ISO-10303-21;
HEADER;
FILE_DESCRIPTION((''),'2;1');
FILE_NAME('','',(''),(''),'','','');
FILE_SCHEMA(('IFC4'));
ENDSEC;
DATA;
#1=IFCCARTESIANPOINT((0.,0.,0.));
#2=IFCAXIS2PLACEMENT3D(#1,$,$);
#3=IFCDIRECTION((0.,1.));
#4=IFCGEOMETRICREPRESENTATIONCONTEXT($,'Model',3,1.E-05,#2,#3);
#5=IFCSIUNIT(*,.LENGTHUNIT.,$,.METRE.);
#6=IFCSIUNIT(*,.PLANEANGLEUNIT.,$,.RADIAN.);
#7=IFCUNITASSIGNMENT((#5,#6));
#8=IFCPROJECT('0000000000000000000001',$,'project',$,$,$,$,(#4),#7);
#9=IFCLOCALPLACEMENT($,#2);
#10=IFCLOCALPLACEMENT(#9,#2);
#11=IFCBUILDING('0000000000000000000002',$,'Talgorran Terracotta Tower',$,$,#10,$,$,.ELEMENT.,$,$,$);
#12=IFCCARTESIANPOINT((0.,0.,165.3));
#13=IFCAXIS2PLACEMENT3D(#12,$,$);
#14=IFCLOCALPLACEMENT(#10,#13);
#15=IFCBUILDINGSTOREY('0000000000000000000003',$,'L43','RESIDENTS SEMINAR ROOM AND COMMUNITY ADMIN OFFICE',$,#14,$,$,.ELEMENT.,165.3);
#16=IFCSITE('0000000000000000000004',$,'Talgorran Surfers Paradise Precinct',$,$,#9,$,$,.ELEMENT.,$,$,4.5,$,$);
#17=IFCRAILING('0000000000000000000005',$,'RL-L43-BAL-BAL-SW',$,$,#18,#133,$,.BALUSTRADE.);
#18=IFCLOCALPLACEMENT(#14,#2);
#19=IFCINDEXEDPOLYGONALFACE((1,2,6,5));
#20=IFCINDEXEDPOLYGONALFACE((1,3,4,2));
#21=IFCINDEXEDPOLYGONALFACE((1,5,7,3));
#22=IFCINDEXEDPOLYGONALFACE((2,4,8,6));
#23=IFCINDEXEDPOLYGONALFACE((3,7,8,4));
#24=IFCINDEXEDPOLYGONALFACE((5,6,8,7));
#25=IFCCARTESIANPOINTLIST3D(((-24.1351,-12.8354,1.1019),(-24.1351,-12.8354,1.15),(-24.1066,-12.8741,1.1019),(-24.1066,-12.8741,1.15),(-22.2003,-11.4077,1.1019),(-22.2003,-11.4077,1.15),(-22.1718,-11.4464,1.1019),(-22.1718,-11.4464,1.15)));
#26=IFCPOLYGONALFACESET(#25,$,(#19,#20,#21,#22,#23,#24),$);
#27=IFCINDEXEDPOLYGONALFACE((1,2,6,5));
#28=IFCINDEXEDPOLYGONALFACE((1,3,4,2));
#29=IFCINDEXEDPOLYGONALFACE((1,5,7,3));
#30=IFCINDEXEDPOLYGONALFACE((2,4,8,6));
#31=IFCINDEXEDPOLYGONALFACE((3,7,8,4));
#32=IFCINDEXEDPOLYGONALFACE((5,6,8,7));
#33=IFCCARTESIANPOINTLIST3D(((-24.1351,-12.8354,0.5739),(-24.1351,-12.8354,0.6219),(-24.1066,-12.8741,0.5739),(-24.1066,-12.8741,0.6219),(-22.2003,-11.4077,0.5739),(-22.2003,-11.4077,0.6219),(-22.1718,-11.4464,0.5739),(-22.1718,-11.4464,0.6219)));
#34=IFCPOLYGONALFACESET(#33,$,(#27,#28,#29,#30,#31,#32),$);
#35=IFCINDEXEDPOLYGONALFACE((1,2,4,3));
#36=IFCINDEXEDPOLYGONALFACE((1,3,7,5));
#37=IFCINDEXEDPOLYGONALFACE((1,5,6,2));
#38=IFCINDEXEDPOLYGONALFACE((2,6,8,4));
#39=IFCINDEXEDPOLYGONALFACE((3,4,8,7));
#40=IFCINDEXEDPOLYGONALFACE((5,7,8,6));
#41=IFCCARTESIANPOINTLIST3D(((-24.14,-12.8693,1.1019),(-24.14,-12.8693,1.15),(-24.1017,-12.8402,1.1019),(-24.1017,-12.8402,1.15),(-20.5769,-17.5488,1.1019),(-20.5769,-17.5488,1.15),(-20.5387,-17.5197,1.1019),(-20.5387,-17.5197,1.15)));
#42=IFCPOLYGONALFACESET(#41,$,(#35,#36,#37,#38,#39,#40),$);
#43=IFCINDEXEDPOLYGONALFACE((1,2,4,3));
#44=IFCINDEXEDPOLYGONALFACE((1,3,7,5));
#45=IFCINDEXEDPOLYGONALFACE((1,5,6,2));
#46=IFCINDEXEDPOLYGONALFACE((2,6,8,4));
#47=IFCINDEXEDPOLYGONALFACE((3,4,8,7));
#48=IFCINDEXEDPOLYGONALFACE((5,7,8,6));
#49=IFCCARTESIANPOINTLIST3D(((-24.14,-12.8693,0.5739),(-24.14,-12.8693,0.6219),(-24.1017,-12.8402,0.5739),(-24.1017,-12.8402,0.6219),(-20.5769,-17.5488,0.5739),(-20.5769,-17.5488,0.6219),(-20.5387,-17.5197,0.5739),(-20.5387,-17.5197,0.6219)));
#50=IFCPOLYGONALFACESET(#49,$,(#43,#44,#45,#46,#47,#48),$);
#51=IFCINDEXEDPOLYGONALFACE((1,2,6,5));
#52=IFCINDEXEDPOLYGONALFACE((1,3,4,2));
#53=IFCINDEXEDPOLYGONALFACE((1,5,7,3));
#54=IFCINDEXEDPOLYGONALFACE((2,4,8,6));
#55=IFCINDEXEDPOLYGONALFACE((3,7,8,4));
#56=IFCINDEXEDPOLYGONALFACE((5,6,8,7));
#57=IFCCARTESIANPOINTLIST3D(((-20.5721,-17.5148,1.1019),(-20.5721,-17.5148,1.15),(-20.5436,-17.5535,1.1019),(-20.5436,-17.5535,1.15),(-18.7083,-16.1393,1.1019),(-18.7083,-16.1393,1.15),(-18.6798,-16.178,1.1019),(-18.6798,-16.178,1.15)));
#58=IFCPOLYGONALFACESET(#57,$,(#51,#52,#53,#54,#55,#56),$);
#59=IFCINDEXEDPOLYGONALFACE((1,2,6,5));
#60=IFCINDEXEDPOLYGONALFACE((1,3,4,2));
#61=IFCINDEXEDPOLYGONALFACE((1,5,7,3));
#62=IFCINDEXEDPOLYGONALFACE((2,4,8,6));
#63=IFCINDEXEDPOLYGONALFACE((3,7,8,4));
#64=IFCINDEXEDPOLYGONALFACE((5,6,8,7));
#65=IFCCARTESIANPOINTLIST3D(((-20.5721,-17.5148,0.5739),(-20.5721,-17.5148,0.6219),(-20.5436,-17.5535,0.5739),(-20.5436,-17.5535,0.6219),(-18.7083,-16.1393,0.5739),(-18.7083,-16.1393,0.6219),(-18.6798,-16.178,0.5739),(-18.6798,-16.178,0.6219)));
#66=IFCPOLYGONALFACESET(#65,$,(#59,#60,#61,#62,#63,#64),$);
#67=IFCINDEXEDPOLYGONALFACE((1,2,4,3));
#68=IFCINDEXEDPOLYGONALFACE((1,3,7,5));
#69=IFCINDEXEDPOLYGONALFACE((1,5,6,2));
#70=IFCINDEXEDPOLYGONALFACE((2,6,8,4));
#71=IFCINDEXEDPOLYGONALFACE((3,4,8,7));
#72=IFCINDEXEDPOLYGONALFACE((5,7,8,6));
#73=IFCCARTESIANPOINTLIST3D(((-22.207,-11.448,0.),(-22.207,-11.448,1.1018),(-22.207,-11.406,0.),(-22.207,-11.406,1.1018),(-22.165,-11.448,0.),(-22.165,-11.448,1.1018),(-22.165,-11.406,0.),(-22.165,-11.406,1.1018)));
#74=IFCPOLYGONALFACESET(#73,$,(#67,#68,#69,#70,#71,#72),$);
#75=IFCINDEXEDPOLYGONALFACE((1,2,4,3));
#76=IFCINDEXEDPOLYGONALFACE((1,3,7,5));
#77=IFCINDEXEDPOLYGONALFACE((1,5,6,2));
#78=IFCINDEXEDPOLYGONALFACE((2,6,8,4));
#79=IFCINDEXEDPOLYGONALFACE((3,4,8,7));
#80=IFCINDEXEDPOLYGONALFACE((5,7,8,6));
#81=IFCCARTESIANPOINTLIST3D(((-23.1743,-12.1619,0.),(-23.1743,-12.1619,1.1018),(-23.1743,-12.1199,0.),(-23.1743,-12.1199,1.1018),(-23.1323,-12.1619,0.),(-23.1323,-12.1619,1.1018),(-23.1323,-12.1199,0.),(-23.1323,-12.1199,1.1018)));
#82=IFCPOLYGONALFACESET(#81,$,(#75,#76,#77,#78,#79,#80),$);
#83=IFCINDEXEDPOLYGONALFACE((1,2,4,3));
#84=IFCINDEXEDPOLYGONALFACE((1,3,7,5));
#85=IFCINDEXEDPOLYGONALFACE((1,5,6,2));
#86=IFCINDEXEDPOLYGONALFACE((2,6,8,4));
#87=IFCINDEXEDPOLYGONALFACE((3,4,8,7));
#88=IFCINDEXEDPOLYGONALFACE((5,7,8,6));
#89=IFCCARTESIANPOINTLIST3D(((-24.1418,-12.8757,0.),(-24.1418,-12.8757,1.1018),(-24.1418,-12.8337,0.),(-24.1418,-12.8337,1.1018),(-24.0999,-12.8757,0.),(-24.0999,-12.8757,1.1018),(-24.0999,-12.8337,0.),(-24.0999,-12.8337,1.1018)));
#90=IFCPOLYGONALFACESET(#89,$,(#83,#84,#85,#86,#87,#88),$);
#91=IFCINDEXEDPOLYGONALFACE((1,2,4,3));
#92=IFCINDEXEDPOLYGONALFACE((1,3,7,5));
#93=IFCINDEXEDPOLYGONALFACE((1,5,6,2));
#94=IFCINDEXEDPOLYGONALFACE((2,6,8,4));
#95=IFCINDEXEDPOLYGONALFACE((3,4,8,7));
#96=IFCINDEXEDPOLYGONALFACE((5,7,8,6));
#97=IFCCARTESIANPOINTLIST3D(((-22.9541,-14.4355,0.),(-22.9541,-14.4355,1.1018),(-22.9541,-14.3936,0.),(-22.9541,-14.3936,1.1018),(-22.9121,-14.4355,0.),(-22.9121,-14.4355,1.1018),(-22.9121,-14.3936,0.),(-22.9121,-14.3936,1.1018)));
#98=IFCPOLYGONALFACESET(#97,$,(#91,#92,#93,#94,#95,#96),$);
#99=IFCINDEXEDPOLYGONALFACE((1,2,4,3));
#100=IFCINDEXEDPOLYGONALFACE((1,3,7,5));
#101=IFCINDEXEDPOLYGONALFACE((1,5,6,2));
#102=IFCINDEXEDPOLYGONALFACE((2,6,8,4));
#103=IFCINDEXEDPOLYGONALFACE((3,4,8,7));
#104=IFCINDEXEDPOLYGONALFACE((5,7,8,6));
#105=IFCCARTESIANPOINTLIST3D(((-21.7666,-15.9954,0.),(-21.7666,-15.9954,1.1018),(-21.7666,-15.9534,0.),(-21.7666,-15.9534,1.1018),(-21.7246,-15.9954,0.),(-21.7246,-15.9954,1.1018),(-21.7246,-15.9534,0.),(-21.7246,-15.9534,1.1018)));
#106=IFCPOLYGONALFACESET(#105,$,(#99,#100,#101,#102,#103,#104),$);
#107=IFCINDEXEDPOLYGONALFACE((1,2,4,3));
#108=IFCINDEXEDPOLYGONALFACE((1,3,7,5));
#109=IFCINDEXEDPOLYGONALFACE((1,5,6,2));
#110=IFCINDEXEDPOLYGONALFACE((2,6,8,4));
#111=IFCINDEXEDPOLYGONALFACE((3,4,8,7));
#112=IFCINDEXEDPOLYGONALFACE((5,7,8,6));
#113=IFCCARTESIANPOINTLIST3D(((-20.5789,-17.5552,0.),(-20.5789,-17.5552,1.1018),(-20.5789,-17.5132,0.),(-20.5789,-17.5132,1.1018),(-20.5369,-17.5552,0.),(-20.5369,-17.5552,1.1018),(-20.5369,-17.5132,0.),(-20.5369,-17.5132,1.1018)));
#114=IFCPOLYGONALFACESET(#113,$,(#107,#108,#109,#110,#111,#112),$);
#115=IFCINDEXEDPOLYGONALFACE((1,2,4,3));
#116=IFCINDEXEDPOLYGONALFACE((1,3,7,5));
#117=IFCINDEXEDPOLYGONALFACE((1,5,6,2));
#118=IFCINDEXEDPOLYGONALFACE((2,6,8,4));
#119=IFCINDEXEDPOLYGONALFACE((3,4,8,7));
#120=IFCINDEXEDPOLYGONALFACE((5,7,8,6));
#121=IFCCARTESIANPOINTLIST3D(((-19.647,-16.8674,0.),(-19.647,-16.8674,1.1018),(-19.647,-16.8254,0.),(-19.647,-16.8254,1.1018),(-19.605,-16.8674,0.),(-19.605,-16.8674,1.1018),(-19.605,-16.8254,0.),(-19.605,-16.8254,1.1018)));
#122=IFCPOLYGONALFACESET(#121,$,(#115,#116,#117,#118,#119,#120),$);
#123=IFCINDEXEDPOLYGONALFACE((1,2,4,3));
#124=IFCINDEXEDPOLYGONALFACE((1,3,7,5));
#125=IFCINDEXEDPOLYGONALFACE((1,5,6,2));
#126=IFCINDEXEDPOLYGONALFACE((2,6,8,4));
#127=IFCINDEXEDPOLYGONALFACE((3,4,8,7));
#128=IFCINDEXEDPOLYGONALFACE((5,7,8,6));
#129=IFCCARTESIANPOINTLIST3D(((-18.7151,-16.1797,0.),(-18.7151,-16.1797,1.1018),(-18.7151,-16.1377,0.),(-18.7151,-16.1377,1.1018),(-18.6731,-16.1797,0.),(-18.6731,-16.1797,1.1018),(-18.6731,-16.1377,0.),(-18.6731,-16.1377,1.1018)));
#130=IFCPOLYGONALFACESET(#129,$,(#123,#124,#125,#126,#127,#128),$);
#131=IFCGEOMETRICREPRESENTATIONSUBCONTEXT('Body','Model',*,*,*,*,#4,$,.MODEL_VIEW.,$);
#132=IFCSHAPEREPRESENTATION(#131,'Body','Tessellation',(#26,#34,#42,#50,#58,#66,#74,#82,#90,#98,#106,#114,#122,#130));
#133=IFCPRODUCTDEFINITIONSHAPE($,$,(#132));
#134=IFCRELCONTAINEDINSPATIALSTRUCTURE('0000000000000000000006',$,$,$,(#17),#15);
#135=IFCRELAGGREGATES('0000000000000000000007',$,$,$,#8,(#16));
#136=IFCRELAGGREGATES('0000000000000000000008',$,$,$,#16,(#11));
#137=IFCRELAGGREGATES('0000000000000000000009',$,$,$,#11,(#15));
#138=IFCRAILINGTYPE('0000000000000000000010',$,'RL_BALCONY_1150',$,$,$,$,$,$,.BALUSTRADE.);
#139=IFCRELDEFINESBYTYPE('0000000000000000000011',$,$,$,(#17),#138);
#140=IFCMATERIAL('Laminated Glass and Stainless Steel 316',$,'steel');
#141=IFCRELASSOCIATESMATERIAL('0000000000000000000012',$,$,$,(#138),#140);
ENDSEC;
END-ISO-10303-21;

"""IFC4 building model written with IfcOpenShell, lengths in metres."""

from ifc_helpers import new_model, si_unit, direction, frame, origin, origin_2d, place, context, subcontext, project, spatial, rectangle, extrude, material, type_object, element, save


model = new_model("IFC4")

# Units and contexts
model_context = context("Model", 3, precision=1e-05, world=origin(), true_north=direction((0.0, 1.0)))
body_context = subcontext(model_context, "Body", "Model", "MODEL_VIEW")
ifc_project = project(units=[si_unit("LENGTHUNIT", "METRE"), si_unit("PLANEANGLEUNIT", "RADIAN")], contexts=[model_context])

# Site, building, storey
site_placement = place(None, origin())
site = spatial("IfcSite", under=ifc_project, at=site_placement, Name="Talgorran Surfers Paradise Precinct", CompositionType="ELEMENT", RefElevation=4.5)
building_placement = place(site_placement, origin())
building = spatial("IfcBuilding", under=site, at=building_placement, Name="Talgorran Terracotta Tower", CompositionType="ELEMENT")
storey_placement = place(building_placement, frame((0.0, 0.0, 165.3)))
storey = spatial("IfcBuildingStorey", under=building, at=storey_placement, Name="L43", Description="RESIDENTS SEMINAR ROOM AND COMMUNITY ADMIN OFFICE", CompositionType="ELEMENT", Elevation=165.3)

# Railing
ifc_material_1 = material(Name="Laminated Glass and Stainless Steel 316", Category="steel")
railing_type = type_object("IfcRailingType", Name="RL_BALCONY_1150", PredefinedType="BALUSTRADE", material=ifc_material_1)
railing_placement = place(storey_placement, frame((-22.186, -11.427, 0.0)))
element("IfcRailing", 1, at=railing_placement, inside=storey, type_object=railing_type, Name="RL-L43-BAL-BAL-SW", PredefinedType="BALUSTRADE", context=body_context, shape_type="SweptSolid", body=[
    extrude(rectangle(XDim=0.0481, YDim=0.0481, at=origin_2d()), frame((0.0, 0.0, 1.126), z_axis=(-0.804642, -0.59376, 0.0), x_axis=(0.59376, -0.804642, 0.0)), (0.0, 0.0, 1.0), 2.4045),
    extrude(rectangle(XDim=0.0481, YDim=0.0481, at=origin_2d()), frame((0.0, 0.0, 0.5979), z_axis=(-0.804642, -0.59376, 0.0), x_axis=(0.59376, -0.804642, 0.0)), (0.0, 0.0, 1.0), 2.4045),
    extrude(rectangle(XDim=0.0481, YDim=0.0481, at=origin_2d()), frame((-1.9348, -1.4277, 1.126), z_axis=(0.605796, -0.79562, 0.0), x_axis=(0.79562, 0.605796, 0.0)), (0.0, 0.0, 1.0), 5.8816),
    extrude(rectangle(XDim=0.0481, YDim=0.0481, at=origin_2d()), frame((-1.9348, -1.4277, 0.5979), z_axis=(0.605796, -0.79562, 0.0), x_axis=(0.79562, 0.605796, 0.0)), (0.0, 0.0, 1.0), 5.8816),
    extrude(rectangle(XDim=0.0481, YDim=0.0481, at=origin_2d()), frame((1.6282, -6.1072, 1.126), z_axis=(0.804605, 0.59381, 0.0), x_axis=(-0.59381, 0.804605, 0.0)), (0.0, 0.0, 1.0), 2.3164),
    extrude(rectangle(XDim=0.0481, YDim=0.0481, at=origin_2d()), frame((1.6282, -6.1072, 0.5979), z_axis=(0.804605, 0.59381, 0.0), x_axis=(-0.59381, 0.804605, 0.0)), (0.0, 0.0, 1.0), 2.3164),
    extrude(rectangle(XDim=0.042, YDim=0.042, at=origin_2d()), origin(), (0.0, 0.0, 1.0), 1.1018),
    extrude(rectangle(XDim=0.042, YDim=0.042, at=origin_2d()), frame((-0.9673, -0.7139, 0.0)), (0.0, 0.0, 1.0), 1.1018),
    extrude(rectangle(XDim=0.042, YDim=0.042, at=origin_2d()), frame((-1.9348, -1.4277, 0.0)), (0.0, 0.0, 1.0), 1.1018),
    extrude(rectangle(XDim=0.042, YDim=0.042, at=origin_2d()), frame((-0.7471, -2.9875, 0.0)), (0.0, 0.0, 1.0), 1.1018),
    extrude(rectangle(XDim=0.042, YDim=0.042, at=origin_2d()), frame((0.4404, -4.5474, 0.0)), (0.0, 0.0, 1.0), 1.1018),
    extrude(rectangle(XDim=0.042, YDim=0.042, at=origin_2d()), frame((1.6282, -6.1072, 0.0)), (0.0, 0.0, 1.0), 1.1018),
    extrude(rectangle(XDim=0.042, YDim=0.042, at=origin_2d()), frame((2.5601, -5.4194, 0.0)), (0.0, 0.0, 1.0), 1.1018),
    extrude(rectangle(XDim=0.042, YDim=0.042, at=origin_2d()), frame((3.4919, -4.7317, 0.0)), (0.0, 0.0, 1.0), 1.1018),
])

save(model, "model.ifc")
